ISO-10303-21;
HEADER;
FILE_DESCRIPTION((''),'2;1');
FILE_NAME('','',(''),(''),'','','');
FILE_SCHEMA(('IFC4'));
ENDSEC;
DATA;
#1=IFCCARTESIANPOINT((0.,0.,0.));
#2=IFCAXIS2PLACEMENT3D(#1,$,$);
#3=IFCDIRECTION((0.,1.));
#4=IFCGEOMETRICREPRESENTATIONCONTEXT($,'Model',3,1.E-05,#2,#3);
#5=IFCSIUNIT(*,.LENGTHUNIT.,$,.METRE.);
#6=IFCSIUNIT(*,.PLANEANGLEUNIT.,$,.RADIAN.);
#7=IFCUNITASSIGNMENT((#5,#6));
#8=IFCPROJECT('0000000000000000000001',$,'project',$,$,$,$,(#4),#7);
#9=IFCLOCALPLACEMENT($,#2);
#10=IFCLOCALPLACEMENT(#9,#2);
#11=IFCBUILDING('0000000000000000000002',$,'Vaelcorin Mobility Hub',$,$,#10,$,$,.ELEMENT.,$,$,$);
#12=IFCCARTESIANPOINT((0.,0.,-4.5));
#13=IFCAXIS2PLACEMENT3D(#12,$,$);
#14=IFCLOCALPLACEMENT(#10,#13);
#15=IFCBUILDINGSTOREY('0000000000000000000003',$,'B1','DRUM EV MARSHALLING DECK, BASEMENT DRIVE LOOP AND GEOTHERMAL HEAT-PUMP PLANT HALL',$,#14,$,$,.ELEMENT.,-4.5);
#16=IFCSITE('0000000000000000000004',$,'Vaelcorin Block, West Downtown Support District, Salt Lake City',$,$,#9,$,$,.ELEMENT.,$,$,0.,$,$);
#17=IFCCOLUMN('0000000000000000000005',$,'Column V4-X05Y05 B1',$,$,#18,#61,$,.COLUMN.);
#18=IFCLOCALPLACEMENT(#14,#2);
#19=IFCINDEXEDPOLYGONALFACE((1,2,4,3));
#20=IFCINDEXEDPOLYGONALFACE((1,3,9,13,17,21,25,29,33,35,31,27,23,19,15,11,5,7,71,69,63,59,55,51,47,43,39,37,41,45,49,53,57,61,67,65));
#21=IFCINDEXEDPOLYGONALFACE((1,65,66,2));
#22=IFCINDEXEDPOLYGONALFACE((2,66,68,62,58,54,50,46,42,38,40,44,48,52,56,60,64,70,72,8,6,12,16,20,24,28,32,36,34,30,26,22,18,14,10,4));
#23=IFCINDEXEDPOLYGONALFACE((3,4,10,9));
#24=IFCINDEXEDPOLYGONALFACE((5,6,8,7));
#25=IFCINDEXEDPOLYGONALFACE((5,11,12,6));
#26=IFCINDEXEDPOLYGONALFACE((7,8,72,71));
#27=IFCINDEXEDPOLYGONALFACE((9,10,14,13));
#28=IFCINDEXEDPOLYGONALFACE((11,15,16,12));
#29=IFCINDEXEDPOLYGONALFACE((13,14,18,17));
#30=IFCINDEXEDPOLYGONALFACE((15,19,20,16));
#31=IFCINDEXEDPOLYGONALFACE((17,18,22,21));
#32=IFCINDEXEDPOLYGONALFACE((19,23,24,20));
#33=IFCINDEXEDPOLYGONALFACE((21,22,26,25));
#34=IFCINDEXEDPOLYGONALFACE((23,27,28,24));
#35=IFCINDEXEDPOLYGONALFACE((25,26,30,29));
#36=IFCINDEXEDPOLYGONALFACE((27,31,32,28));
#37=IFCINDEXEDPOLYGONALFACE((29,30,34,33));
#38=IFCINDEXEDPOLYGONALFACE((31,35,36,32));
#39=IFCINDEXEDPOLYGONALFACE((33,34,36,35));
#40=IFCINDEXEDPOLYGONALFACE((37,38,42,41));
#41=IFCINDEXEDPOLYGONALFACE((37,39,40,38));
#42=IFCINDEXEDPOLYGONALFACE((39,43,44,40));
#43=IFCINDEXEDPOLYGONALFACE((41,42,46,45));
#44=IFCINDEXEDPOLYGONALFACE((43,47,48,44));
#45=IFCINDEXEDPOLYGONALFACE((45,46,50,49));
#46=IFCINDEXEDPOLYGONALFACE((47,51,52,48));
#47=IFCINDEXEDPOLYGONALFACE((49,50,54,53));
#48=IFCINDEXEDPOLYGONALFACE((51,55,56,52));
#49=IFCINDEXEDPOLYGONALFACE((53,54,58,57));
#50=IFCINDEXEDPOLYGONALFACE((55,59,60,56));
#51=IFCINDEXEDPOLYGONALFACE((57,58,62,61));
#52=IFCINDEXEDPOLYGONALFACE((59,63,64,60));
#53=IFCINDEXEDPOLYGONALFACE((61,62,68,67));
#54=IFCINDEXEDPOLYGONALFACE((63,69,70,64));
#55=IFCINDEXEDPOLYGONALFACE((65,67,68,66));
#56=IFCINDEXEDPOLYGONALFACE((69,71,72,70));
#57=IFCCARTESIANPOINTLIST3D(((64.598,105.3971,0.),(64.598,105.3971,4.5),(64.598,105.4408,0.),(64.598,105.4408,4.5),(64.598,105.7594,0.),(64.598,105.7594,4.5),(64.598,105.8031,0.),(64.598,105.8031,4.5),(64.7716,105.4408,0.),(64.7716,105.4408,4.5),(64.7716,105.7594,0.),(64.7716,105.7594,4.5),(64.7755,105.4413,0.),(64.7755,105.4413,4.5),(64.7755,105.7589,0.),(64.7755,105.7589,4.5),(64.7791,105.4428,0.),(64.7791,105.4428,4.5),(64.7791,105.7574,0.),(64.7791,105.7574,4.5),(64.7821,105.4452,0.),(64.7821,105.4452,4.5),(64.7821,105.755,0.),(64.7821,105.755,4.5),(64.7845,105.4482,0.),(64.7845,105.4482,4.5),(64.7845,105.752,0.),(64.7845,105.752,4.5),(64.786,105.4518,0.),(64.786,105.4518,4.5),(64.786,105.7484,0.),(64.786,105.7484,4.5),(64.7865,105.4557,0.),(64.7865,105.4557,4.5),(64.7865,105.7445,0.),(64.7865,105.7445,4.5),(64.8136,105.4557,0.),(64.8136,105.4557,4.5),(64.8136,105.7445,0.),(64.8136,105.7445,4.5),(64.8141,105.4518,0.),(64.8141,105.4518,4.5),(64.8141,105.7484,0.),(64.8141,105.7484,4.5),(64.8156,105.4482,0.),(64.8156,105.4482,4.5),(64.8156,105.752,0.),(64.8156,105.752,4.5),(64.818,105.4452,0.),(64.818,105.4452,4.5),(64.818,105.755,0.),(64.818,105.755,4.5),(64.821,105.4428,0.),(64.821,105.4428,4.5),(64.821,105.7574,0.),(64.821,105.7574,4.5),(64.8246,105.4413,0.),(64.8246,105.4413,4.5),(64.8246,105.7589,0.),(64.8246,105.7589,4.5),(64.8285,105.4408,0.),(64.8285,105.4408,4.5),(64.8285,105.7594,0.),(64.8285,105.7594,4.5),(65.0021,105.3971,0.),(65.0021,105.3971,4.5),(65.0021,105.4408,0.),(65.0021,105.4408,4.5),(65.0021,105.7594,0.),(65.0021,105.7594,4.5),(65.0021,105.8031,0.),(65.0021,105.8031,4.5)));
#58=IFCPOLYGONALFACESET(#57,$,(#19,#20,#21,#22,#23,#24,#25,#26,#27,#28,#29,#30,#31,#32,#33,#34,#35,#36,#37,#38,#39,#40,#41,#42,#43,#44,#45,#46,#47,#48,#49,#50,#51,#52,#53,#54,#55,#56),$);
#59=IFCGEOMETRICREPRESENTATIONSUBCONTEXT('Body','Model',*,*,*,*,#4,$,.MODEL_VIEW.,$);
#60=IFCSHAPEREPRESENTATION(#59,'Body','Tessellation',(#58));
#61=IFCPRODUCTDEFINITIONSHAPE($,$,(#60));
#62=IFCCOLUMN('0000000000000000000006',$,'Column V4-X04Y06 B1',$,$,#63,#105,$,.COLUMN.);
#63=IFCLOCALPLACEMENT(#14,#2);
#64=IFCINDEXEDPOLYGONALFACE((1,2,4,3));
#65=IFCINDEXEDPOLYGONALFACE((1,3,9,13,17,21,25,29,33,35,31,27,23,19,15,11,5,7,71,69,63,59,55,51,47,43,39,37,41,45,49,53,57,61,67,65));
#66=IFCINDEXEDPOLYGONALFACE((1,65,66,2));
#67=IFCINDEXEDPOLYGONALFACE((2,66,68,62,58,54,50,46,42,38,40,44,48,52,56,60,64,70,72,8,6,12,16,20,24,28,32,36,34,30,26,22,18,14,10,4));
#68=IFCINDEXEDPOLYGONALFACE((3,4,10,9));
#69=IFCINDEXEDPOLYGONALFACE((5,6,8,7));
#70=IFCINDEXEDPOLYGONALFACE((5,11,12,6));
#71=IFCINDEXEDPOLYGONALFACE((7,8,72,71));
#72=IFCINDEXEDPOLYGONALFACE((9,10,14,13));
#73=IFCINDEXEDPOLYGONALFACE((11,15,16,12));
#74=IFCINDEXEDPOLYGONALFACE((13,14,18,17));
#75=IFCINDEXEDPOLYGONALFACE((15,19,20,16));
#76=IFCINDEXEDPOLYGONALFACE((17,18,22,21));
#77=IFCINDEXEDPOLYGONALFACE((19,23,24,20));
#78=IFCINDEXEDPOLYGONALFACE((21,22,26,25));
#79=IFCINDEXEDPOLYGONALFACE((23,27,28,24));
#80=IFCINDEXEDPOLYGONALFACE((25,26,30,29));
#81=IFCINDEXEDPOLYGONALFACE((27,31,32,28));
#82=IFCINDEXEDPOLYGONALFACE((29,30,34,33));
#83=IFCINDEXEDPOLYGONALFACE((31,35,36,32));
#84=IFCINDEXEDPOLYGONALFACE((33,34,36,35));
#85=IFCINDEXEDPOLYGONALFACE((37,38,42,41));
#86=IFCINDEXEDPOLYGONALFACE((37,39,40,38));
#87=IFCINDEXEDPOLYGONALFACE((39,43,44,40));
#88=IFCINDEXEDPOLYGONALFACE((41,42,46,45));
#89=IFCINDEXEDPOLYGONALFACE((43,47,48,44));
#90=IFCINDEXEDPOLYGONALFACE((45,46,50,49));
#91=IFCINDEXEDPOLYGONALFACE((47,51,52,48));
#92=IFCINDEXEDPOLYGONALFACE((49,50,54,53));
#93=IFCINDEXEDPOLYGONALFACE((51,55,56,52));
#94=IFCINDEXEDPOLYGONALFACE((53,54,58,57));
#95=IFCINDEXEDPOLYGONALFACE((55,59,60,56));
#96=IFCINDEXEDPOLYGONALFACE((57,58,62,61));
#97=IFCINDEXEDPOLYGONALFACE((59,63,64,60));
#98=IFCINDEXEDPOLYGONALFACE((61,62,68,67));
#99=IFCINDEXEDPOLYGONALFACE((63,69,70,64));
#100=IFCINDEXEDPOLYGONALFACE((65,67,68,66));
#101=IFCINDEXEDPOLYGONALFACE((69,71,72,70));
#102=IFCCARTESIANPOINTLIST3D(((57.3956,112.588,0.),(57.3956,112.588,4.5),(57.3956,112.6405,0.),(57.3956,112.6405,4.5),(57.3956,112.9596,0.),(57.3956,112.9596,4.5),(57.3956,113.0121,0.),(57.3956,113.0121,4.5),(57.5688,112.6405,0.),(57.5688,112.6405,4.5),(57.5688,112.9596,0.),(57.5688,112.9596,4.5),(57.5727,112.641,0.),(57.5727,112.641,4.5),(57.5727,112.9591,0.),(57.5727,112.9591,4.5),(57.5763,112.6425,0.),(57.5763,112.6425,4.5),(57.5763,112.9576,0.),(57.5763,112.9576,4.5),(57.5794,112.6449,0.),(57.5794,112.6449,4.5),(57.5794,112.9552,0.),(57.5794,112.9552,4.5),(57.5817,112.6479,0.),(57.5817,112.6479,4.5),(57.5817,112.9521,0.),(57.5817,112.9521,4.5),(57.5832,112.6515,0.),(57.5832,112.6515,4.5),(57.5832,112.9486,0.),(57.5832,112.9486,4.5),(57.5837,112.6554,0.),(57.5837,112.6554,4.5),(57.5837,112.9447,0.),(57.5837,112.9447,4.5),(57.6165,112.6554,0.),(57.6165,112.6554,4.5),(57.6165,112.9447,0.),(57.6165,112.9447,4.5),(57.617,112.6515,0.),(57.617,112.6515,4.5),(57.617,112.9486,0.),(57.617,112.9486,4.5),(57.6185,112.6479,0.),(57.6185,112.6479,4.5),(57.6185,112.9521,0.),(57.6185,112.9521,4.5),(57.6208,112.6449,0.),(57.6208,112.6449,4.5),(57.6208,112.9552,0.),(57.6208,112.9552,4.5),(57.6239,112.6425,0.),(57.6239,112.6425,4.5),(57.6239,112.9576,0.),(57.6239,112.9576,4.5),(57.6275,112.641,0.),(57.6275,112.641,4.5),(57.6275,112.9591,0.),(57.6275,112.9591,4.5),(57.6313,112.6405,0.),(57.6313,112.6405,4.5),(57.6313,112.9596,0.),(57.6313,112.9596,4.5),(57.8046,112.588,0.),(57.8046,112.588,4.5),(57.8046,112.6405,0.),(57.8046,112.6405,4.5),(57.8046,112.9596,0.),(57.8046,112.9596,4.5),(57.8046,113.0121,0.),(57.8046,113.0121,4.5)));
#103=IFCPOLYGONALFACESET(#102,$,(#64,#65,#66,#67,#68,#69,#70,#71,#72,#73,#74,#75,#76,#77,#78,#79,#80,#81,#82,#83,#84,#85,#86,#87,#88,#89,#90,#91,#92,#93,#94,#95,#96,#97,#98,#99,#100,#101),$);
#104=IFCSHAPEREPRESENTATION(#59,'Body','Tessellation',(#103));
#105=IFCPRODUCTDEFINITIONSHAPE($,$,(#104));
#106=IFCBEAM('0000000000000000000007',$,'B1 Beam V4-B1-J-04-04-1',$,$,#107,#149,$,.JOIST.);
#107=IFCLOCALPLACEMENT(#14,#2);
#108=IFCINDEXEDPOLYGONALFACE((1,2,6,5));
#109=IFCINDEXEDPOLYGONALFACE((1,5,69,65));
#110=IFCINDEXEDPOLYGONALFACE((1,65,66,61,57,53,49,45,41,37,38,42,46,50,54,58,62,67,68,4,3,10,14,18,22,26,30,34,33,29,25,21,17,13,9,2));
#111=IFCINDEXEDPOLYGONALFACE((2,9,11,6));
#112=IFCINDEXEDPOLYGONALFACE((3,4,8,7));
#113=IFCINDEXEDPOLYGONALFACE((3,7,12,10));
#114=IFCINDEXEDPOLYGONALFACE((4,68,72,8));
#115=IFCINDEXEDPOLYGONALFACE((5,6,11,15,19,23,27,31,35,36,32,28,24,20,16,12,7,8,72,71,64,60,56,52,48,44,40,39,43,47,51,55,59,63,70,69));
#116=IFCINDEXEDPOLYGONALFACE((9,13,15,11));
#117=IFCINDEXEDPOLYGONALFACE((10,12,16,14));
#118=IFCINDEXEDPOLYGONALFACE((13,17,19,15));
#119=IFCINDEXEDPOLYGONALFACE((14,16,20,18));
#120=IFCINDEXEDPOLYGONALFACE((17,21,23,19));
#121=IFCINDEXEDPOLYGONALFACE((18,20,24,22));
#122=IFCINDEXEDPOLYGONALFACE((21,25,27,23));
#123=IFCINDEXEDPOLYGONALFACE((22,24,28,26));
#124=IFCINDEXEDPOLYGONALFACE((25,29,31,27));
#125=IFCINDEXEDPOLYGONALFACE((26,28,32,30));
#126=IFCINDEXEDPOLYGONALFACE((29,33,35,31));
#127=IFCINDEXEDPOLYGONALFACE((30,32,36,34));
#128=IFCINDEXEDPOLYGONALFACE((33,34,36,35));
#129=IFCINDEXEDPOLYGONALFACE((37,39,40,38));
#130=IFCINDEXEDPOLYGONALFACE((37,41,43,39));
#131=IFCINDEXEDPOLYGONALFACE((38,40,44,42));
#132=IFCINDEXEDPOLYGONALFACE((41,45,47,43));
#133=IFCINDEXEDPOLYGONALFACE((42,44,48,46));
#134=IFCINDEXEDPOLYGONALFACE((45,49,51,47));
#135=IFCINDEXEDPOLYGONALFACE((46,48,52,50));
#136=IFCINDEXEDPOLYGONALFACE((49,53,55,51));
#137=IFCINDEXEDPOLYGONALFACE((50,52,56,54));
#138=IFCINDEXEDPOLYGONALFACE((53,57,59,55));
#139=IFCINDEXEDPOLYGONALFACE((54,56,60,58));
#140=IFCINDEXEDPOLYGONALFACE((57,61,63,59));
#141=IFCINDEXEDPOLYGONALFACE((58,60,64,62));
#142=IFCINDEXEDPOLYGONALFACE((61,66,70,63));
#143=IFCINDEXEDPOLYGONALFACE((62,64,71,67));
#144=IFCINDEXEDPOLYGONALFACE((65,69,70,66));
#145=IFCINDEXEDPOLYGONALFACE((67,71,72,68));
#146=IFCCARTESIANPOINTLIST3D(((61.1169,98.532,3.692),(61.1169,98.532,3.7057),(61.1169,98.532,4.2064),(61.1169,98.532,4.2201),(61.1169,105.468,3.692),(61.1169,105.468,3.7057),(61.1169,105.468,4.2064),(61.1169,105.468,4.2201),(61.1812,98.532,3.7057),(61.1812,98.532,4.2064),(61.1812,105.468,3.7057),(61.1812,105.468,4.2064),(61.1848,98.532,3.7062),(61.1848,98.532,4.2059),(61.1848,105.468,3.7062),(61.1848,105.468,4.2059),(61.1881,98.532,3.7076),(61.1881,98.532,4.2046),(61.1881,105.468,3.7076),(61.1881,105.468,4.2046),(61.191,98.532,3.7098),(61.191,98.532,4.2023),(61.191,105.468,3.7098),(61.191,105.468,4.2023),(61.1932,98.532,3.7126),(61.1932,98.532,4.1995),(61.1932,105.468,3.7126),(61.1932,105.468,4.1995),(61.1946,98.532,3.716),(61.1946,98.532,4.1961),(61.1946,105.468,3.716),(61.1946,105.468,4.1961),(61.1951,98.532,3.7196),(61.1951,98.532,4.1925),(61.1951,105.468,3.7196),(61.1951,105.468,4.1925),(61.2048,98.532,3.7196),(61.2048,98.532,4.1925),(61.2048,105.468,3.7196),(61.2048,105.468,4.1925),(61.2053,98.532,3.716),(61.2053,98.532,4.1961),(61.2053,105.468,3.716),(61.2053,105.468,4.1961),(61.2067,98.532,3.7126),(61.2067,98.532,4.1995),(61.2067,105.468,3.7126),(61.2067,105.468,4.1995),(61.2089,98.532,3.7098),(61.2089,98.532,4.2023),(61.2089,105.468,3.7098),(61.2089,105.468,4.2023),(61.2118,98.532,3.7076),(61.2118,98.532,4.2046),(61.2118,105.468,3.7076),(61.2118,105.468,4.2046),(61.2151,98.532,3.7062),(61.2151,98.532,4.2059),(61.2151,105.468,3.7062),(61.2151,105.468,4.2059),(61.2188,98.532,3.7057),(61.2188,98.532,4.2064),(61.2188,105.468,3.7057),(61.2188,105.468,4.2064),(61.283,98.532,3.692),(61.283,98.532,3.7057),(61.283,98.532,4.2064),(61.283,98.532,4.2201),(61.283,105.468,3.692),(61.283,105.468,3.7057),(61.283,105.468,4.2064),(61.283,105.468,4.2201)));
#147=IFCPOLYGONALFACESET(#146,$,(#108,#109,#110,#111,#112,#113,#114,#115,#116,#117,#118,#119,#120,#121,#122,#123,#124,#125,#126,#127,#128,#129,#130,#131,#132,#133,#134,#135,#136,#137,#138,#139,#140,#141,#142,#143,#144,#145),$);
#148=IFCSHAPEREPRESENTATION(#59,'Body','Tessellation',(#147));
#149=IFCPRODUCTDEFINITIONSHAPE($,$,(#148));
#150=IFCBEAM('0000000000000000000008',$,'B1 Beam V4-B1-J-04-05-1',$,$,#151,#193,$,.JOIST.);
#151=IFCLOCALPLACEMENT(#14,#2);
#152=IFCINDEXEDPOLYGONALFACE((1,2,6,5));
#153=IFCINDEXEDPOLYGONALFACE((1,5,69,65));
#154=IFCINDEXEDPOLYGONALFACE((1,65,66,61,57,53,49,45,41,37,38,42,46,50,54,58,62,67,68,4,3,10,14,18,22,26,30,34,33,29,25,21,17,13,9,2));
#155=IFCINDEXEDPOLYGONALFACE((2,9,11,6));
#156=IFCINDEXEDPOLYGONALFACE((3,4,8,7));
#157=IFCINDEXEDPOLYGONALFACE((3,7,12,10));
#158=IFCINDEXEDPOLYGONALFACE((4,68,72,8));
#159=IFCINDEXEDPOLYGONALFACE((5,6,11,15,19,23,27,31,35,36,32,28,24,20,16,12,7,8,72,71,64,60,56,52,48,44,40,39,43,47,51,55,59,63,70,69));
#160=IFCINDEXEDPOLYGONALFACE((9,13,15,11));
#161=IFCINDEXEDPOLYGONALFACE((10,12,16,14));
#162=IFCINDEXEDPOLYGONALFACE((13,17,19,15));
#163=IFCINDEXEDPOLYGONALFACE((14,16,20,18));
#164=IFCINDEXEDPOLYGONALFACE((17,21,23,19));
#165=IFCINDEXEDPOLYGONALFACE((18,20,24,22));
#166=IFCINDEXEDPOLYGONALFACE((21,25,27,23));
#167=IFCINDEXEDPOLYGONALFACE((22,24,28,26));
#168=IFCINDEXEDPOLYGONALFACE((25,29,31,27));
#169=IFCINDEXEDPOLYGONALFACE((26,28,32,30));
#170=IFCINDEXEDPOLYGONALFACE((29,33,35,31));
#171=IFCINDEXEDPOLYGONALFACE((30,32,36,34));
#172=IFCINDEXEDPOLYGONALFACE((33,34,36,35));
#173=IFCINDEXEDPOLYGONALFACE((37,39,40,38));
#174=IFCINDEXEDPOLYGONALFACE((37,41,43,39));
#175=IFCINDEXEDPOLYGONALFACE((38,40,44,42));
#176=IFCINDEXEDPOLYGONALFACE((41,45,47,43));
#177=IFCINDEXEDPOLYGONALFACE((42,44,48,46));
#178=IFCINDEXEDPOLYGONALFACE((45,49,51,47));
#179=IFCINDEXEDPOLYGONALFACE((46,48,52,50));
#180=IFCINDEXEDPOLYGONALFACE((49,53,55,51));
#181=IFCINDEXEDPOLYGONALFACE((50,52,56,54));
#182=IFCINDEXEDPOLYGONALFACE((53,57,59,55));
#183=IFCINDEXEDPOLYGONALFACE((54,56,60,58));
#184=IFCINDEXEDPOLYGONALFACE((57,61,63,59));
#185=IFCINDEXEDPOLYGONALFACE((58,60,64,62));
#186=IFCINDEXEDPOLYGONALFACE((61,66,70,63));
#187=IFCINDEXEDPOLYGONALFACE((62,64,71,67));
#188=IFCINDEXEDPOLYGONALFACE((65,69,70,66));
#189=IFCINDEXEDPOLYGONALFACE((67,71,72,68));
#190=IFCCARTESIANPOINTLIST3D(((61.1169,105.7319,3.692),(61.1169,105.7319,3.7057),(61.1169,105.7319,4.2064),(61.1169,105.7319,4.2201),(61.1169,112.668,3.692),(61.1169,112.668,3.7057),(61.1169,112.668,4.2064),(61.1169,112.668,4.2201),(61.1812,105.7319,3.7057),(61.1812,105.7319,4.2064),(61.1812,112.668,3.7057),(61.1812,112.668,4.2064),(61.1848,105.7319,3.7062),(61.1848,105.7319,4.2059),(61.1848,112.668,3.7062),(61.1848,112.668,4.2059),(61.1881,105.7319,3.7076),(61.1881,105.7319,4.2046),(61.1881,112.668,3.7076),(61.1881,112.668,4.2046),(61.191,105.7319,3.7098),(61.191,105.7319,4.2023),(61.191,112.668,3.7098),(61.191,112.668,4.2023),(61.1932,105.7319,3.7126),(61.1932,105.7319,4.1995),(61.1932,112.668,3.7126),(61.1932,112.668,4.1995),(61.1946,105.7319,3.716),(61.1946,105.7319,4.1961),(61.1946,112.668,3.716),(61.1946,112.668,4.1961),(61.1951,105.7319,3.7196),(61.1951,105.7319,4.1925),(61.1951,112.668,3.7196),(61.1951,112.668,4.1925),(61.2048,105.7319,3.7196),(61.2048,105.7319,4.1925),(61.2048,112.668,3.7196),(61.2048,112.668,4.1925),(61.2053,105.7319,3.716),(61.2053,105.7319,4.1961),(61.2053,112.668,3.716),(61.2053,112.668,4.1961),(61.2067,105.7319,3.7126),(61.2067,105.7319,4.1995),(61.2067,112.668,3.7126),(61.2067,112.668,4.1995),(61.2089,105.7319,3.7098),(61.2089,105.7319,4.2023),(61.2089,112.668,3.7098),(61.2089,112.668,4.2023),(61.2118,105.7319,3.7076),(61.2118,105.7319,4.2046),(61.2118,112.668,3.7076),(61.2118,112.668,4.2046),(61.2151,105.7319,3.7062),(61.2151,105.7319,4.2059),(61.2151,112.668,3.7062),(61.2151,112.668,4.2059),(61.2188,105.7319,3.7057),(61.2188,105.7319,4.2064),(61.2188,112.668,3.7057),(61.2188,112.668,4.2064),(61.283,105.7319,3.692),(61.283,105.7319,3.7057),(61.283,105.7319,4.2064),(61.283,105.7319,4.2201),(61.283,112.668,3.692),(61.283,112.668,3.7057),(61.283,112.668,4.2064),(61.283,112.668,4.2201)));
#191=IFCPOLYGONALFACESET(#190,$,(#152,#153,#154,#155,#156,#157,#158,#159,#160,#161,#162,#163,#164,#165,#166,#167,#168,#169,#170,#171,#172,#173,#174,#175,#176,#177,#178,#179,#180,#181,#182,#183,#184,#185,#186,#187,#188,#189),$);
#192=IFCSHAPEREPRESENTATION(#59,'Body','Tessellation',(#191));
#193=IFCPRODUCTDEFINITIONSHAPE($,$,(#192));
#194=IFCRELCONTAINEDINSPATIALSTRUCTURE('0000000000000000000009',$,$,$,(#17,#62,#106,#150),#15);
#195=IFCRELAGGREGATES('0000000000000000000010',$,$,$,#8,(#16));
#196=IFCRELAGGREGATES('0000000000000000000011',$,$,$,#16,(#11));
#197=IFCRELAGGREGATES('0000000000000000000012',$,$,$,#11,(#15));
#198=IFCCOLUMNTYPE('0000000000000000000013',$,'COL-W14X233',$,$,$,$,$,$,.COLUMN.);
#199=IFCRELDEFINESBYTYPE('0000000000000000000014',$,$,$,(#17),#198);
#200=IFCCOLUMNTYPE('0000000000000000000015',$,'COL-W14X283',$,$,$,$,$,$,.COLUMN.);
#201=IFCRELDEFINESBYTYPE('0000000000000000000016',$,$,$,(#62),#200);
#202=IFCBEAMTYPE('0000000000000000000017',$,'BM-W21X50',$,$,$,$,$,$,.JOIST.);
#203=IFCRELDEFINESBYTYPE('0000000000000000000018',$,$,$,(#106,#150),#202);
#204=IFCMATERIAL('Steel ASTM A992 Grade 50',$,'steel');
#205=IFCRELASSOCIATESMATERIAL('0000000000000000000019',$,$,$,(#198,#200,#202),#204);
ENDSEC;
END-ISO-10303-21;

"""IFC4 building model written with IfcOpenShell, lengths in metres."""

from ifc_helpers import new_model, si_unit, direction, frame, origin, origin_2d, place, context, subcontext, project, spatial, i_section, extrude, material, material_profile, profile_set, type_object, element, save


model = new_model("IFC4")

# Units and contexts
model_context = context("Model", 3, precision=1e-05, world=origin(), true_north=direction((0.0, 1.0)))
body_context = subcontext(model_context, "Body", "Model", "MODEL_VIEW")
ifc_project = project(units=[si_unit("LENGTHUNIT", "METRE"), si_unit("PLANEANGLEUNIT", "RADIAN")], contexts=[model_context])

# Site, building, storey
site_placement = place(None, origin())
site = spatial("IfcSite", under=ifc_project, at=site_placement, Name="Vaelcorin Block, West Downtown Support District, Salt Lake City", CompositionType="ELEMENT", RefElevation=0.0)
building_placement = place(site_placement, origin())
building = spatial("IfcBuilding", under=site, at=building_placement, Name="Vaelcorin Mobility Hub", CompositionType="ELEMENT")
storey_placement = place(building_placement, frame((0.0, 0.0, -4.5)))
storey = spatial("IfcBuildingStorey", under=building, at=storey_placement, Name="B1", Description="DRUM EV MARSHALLING DECK, BASEMENT DRIVE LOOP AND GEOTHERMAL HEAT-PUMP PLANT HALL", CompositionType="ELEMENT", Elevation=-4.5)

# Columns
ifc_material_1 = material(Name="Steel ASTM A992 Grade 50", Category="steel")
ifc_material_profile_1 = material_profile(ifc_material_1, i_section(OverallWidth=0.4041, OverallDepth=0.406, WebThickness=0.0271, FlangeThickness=0.0437, FilletRadius=0.0149, at=origin_2d()), Name="W14X233")
ifc_profile_set_1 = profile_set([ifc_material_profile_1], Name="Steel ASTM A992 Grade 50")
column_type_1 = type_object("IfcColumnType", Name="COL-W14X233", PredefinedType="COLUMN", material=ifc_profile_set_1)
for number, where, z_axis, x_axis, name in (
    (1, (64.8, 105.6001, 0.0), (0.0, 0.0, 1.0), (1.0, 0.0, 0.0), "Column V4-X05Y05 B1"),
):
    element("IfcColumn", number, at=place(storey_placement, frame(where, z_axis=z_axis, x_axis=x_axis)), inside=storey, type_object=column_type_1, Name=name, PredefinedType="COLUMN", context=body_context, shape_type="SweptSolid", body=[
        extrude(i_section(OverallWidth=0.4041, OverallDepth=0.406, WebThickness=0.0271, FlangeThickness=0.0437, FilletRadius=0.0149, at=origin_2d()), origin(), (0.0, 0.0, 1.0), 4.5),
    ])
ifc_material_profile_2 = material_profile(ifc_material_1, i_section(OverallWidth=0.4089, OverallDepth=0.4241, WebThickness=0.0327, FlangeThickness=0.0525, FilletRadius=0.0149, at=origin_2d()), Name="W14X283")
ifc_profile_set_2 = profile_set([ifc_material_profile_2], Name="Steel ASTM A992 Grade 50")
column_type_2 = type_object("IfcColumnType", Name="COL-W14X283", PredefinedType="COLUMN", material=ifc_profile_set_2)
column_placement = place(storey_placement, frame((57.6001, 112.8, 0.0), z_axis=(0.0, 0.0, 1.0), x_axis=(1.0, 0.0, 0.0)))
element("IfcColumn", 2, at=column_placement, inside=storey, type_object=column_type_2, Name="Column V4-X04Y06 B1", PredefinedType="COLUMN", context=body_context, shape_type="SweptSolid", body=[
    extrude(i_section(OverallWidth=0.4089, OverallDepth=0.4241, WebThickness=0.0327, FlangeThickness=0.0525, FilletRadius=0.0149, at=origin_2d()), origin(), (0.0, 0.0, 1.0), 4.5),
])

# Beams
ifc_material_profile_3 = material_profile(ifc_material_1, i_section(OverallWidth=0.166, OverallDepth=0.5281, WebThickness=0.0098, FlangeThickness=0.0137, FilletRadius=0.0139, at=origin_2d()), Name="W21X50")
ifc_profile_set_3 = profile_set([ifc_material_profile_3], Name="Steel ASTM A992 Grade 50")
beam_type_1 = type_object("IfcBeamType", Name="BM-W21X50", PredefinedType="JOIST", material=ifc_profile_set_3)
for number, where, z_axis, x_axis, name in (
    (3, (61.2, 98.532, 3.9561), (0.0, 1.0, 0.0), (-1.0, 0.0, 0.0), "B1 Beam V4-B1-J-04-04-1"),
    (4, (61.2, 105.7319, 3.9561), (0.0, 1.0, 0.0), (-1.0, 0.0, 0.0), "B1 Beam V4-B1-J-04-05-1"),
):
    element("IfcBeam", number, at=place(storey_placement, frame(where, z_axis=z_axis, x_axis=x_axis)), inside=storey, type_object=beam_type_1, Name=name, PredefinedType="JOIST", context=body_context, shape_type="SweptSolid", body=[
        extrude(i_section(OverallWidth=0.166, OverallDepth=0.5281, WebThickness=0.0098, FlangeThickness=0.0137, FilletRadius=0.0139, at=origin_2d()), origin(), (0.0, 0.0, 1.0), 6.936),
    ])

save(model, "model.ifc")
